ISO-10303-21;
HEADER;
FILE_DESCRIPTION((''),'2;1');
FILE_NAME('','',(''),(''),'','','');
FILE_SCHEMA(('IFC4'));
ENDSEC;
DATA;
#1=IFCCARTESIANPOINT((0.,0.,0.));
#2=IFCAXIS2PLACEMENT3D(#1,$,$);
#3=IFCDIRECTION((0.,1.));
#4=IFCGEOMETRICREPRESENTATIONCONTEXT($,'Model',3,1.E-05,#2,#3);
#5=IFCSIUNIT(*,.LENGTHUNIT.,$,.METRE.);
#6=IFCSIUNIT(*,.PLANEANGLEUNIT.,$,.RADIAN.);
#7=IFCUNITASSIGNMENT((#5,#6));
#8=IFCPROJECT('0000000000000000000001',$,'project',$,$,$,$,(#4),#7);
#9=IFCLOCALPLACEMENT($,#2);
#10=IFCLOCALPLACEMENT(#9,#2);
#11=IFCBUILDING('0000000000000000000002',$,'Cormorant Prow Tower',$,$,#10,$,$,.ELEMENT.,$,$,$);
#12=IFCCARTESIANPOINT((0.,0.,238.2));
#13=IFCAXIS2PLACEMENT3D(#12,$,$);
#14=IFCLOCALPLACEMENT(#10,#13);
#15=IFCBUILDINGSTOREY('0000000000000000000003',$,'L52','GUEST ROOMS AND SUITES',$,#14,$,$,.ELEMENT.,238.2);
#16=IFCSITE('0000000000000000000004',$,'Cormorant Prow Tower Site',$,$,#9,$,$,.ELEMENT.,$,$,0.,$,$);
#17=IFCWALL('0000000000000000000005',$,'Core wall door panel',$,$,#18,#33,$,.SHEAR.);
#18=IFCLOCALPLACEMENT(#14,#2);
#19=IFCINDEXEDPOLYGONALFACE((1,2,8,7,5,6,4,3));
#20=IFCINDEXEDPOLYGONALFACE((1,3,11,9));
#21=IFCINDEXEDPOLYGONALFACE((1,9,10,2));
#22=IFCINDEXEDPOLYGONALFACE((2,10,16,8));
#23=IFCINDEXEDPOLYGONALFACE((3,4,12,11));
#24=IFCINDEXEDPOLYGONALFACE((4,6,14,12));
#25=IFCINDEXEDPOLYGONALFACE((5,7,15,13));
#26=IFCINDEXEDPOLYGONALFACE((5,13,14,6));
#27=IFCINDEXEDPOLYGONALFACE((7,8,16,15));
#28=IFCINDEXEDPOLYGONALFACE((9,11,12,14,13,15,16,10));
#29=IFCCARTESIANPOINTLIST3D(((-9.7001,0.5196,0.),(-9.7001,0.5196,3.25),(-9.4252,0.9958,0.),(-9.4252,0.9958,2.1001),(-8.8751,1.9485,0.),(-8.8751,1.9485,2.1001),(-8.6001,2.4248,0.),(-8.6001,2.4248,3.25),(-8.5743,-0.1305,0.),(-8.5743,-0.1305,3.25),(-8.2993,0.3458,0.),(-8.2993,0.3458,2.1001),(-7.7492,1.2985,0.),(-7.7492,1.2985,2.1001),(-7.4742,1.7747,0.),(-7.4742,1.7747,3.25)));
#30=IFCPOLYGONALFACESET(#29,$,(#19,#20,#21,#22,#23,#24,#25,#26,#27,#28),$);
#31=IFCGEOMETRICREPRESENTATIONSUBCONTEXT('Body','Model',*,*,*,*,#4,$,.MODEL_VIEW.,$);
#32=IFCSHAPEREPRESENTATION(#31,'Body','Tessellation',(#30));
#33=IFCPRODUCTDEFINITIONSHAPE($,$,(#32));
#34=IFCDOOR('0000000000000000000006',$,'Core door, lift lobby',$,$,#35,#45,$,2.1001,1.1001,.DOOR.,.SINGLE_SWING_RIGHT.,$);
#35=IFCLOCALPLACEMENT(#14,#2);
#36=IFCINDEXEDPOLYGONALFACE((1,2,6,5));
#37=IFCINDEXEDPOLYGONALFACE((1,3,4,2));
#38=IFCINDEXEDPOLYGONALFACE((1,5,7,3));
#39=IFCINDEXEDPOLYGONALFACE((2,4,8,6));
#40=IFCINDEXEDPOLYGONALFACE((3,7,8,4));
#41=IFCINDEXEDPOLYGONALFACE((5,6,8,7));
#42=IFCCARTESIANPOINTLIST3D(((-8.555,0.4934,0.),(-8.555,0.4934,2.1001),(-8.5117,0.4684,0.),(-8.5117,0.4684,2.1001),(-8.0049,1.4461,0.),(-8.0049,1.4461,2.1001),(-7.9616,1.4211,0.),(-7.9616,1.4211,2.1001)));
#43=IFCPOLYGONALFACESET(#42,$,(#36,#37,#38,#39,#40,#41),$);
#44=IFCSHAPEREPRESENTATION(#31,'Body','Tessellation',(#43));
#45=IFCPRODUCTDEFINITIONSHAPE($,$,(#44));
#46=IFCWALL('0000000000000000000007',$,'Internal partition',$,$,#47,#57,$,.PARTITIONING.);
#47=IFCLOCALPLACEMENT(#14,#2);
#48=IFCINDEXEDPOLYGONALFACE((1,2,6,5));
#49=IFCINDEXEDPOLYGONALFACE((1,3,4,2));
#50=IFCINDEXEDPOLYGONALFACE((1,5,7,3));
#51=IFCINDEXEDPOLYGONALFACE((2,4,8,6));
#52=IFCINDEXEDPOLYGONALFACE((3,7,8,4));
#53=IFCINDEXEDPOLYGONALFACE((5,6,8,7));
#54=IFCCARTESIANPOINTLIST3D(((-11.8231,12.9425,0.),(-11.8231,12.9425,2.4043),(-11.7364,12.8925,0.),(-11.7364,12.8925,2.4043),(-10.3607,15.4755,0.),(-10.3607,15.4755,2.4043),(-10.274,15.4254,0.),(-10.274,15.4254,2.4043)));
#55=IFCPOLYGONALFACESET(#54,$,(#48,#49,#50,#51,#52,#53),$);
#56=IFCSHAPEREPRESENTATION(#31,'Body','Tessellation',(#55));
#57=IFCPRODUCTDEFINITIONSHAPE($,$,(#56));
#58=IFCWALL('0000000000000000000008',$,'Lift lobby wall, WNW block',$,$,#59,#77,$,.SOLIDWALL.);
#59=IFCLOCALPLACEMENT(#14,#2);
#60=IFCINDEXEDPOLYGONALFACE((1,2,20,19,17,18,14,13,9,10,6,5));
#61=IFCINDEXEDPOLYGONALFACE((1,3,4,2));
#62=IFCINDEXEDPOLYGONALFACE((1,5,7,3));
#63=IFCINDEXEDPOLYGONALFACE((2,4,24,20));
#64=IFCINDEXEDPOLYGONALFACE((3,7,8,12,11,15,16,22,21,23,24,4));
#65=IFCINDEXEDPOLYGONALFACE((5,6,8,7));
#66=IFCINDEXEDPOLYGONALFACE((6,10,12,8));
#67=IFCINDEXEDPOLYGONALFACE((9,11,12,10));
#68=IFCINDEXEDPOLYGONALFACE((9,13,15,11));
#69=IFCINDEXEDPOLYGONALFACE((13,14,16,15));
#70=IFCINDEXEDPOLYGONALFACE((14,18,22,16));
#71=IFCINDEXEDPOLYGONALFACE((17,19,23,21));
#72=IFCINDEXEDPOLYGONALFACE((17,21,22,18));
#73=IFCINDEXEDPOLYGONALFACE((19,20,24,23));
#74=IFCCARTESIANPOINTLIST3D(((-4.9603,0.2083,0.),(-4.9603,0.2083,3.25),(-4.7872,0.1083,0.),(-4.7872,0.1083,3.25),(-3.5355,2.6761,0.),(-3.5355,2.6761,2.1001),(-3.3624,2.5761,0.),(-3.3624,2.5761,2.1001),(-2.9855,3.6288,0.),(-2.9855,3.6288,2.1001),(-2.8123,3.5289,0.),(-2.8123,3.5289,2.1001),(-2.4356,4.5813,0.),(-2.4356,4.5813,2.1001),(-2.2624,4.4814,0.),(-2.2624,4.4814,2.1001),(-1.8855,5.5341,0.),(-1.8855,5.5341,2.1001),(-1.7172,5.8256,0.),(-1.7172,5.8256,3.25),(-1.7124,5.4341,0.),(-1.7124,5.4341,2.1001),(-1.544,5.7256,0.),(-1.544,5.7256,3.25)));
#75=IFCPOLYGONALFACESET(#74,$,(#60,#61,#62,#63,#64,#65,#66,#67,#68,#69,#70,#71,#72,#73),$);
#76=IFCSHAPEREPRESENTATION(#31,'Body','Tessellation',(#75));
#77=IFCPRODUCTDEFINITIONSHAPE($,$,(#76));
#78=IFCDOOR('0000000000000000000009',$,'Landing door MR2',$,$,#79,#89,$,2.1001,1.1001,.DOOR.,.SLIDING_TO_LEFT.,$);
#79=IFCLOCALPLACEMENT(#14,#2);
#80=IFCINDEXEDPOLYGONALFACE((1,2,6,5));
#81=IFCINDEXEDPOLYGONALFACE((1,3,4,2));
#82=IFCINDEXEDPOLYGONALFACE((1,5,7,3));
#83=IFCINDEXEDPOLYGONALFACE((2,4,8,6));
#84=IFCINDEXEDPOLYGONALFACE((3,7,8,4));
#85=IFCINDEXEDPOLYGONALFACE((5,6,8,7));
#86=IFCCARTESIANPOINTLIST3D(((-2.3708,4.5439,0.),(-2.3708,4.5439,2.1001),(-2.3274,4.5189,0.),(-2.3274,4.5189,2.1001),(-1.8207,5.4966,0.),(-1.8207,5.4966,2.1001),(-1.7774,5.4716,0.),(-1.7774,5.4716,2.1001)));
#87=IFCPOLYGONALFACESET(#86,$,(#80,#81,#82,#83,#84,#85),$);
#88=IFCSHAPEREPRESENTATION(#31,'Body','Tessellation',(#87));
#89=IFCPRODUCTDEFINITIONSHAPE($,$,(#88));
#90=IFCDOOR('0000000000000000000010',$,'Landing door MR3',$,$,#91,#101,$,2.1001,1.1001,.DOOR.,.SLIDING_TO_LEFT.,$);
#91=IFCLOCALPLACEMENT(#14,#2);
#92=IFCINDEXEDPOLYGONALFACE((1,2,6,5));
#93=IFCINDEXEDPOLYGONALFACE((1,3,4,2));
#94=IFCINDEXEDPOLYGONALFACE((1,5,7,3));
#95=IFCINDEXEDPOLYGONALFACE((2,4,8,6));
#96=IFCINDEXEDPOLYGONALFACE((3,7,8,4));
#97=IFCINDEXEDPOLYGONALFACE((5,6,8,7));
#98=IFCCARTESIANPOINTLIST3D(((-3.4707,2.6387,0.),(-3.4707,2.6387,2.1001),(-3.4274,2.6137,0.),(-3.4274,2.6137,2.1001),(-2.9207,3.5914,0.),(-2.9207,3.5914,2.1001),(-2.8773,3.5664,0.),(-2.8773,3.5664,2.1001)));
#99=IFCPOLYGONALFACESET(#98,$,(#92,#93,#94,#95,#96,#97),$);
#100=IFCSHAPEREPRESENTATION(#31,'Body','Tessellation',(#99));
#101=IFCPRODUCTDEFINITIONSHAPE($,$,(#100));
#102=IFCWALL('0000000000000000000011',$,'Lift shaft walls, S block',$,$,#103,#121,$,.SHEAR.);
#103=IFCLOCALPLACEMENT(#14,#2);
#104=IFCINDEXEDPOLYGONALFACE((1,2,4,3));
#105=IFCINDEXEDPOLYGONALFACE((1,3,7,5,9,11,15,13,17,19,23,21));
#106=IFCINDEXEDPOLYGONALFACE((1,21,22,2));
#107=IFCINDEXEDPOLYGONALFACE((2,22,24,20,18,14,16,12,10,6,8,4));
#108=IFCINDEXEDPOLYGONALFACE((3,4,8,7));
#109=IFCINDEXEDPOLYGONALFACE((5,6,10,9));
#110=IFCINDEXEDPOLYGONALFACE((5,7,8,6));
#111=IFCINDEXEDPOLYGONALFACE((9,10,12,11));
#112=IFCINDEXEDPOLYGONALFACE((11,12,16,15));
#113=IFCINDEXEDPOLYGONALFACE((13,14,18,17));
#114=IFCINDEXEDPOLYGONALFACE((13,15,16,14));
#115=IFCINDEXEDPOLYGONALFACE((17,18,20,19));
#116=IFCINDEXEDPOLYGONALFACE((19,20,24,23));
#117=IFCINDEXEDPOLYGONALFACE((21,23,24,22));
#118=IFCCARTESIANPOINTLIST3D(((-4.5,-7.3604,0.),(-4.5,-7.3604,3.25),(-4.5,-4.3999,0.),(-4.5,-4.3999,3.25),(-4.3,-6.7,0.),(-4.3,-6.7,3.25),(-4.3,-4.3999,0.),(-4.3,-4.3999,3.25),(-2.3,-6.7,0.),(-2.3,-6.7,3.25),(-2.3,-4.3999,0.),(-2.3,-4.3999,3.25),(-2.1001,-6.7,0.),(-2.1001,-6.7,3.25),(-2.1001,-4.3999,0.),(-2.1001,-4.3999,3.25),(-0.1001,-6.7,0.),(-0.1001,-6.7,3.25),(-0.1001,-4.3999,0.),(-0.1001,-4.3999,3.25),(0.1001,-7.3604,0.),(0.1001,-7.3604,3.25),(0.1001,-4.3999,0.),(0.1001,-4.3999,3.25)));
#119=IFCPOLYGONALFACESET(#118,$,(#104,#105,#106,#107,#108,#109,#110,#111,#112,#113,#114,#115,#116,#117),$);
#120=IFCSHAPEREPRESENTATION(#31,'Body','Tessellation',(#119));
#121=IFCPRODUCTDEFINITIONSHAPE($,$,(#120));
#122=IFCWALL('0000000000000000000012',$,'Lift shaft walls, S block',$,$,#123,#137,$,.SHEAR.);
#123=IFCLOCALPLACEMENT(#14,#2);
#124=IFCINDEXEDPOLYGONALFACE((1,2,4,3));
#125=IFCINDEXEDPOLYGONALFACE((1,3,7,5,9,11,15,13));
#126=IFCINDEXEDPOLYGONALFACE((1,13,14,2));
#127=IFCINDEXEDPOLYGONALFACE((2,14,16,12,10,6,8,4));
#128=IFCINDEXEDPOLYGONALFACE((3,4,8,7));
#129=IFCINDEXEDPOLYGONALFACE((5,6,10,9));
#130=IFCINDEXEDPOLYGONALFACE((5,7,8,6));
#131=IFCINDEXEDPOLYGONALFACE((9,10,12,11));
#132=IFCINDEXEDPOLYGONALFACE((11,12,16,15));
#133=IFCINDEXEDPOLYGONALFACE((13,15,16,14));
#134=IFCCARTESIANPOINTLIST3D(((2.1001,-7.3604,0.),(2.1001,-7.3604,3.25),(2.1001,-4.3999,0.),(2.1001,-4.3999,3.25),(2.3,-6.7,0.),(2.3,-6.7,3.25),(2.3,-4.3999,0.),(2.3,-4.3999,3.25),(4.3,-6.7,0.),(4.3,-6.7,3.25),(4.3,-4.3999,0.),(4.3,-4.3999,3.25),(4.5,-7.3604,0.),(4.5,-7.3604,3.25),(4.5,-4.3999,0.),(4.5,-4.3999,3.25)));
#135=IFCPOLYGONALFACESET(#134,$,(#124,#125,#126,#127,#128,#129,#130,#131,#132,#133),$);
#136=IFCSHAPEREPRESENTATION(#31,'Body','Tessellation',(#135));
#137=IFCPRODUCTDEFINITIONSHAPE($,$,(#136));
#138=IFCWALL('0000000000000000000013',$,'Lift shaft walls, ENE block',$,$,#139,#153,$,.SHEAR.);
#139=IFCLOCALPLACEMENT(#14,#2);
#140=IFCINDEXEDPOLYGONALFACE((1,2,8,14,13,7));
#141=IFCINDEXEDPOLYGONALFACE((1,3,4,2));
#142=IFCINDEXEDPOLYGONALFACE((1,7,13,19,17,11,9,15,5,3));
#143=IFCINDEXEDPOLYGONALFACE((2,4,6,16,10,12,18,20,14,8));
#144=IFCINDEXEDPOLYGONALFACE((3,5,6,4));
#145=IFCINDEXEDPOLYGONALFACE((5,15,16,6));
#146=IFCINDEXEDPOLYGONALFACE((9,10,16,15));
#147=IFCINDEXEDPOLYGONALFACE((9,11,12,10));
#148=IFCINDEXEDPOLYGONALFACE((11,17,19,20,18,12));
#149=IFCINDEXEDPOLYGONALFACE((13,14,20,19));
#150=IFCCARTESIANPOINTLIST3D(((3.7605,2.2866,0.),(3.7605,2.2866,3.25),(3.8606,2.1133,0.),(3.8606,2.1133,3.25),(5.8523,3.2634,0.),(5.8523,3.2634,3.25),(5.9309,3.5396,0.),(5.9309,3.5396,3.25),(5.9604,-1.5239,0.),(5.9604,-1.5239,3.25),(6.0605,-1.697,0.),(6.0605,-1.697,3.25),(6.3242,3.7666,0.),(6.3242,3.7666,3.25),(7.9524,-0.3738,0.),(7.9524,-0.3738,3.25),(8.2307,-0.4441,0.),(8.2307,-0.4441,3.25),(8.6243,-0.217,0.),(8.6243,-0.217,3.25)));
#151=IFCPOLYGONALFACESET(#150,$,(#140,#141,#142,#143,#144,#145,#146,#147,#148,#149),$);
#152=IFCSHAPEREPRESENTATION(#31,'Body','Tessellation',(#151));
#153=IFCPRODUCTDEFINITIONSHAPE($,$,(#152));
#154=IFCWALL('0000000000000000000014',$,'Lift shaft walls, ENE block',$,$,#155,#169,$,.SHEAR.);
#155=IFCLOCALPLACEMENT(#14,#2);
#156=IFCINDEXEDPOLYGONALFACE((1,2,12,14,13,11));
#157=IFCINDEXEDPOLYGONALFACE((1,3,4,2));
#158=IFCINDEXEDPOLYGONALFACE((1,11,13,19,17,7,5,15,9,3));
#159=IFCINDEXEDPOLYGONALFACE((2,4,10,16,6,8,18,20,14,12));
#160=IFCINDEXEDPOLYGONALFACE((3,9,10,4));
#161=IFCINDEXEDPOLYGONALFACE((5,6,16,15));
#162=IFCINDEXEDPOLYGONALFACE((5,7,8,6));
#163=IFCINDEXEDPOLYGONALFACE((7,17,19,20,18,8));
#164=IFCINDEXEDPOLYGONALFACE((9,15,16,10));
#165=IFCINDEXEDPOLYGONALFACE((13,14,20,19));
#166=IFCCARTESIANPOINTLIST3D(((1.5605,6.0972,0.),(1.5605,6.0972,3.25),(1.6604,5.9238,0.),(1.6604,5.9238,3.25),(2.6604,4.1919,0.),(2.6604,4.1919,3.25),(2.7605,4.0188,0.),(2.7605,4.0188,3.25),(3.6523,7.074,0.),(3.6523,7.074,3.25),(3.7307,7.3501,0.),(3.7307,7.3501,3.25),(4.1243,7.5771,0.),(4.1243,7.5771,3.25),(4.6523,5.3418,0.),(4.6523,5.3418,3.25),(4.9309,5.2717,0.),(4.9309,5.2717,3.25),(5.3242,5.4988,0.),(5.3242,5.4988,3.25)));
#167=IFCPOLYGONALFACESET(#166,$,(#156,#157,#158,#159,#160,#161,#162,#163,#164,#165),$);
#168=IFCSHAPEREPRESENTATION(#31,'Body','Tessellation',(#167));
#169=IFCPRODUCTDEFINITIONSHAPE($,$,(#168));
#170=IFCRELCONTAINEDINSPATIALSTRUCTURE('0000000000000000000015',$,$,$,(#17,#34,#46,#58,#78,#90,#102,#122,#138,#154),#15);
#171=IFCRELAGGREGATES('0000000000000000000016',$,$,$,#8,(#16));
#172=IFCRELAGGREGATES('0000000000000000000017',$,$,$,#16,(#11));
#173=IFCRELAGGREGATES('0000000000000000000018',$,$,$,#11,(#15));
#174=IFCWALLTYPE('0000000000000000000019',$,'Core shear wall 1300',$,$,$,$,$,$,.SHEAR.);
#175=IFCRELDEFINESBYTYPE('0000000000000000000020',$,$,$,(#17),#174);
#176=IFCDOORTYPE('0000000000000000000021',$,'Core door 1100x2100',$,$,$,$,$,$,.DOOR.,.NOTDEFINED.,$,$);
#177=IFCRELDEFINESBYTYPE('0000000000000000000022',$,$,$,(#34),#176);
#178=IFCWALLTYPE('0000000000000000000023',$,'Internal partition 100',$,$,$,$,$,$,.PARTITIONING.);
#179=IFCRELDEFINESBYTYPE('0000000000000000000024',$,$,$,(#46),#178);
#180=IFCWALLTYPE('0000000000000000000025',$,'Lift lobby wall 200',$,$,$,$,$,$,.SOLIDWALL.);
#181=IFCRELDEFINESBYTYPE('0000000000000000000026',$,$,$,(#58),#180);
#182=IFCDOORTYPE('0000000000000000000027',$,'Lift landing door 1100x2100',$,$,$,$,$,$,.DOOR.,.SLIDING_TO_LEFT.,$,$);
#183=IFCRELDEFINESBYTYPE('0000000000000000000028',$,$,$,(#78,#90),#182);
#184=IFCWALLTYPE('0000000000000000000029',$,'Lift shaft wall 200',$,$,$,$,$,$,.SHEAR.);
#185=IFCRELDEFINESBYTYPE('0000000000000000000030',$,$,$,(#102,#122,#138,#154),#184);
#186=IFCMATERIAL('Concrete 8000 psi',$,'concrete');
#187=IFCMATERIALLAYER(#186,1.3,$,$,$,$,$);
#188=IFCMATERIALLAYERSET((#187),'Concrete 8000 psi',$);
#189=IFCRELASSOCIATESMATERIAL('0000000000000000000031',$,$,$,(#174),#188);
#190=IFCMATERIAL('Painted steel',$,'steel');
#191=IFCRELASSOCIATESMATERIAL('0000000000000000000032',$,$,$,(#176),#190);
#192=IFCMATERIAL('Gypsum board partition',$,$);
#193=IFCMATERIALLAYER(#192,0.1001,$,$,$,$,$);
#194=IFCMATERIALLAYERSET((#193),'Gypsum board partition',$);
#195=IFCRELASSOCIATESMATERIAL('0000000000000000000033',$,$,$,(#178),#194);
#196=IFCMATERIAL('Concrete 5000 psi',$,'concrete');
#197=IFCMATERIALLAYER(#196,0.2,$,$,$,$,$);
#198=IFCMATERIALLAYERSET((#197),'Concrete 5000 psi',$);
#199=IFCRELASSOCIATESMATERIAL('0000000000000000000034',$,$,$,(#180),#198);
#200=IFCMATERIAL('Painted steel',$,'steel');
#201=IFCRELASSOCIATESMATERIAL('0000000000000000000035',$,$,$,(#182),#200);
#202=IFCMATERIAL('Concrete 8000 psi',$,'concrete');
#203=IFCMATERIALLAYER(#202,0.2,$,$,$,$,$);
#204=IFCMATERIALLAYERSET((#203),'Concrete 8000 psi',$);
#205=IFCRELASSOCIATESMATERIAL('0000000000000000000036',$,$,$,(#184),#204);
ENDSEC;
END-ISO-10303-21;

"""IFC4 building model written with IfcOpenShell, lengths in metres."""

from ifc_helpers import new_model, si_unit, direction, frame, frame_2d, origin, place, context, subcontext, project, spatial, polyline, rectangle, outline, extrude, material, layer, layer_set, type_object, element, fill, save


model = new_model("IFC4")

# Units and contexts
model_context = context("Model", 3, precision=1e-05, world=origin(), true_north=direction((0.0, 1.0)))
body_context = subcontext(model_context, "Body", "Model", "MODEL_VIEW")
ifc_project = project(units=[si_unit("LENGTHUNIT", "METRE"), si_unit("PLANEANGLEUNIT", "RADIAN")], contexts=[model_context])

# Site, building, storey
site_placement = place(None, origin())
site = spatial("IfcSite", under=ifc_project, at=site_placement, Name="Cormorant Prow Tower Site", CompositionType="ELEMENT", RefElevation=0.0)
building_placement = place(site_placement, origin())
building = spatial("IfcBuilding", under=site, at=building_placement, Name="Cormorant Prow Tower", CompositionType="ELEMENT")
storey_placement = place(building_placement, frame((0.0, 0.0, 238.2)))
storey = spatial("IfcBuildingStorey", under=building, at=storey_placement, Name="L52", Description="GUEST ROOMS AND SUITES", CompositionType="ELEMENT", Elevation=238.2)

# Shared definitions
ifc_material_1 = material(Name="Concrete 8000 psi", Category="concrete")
ifc_layer_1 = layer(ifc_material_1, 1.3)
ifc_layer_set_1 = layer_set([ifc_layer_1], Name="Concrete 8000 psi")
wall_type_1 = type_object("IfcWallType", Name="Core shear wall 1300", PredefinedType="SHEAR", material=ifc_layer_set_1)

# Wall, opening, door
wall_1_placement = place(storey_placement, frame((-8.0371, 2.0999, 0.0), z_axis=(0.0, 0.0, 1.0), x_axis=(-0.50003, -0.866008, 0.0)))
wall_1 = element("IfcWall", 1, at=wall_1_placement, inside=storey, type_object=wall_type_1, Name="Core wall door panel", PredefinedType="SHEAR", context=body_context, shape_type="SweptSolid", body=[
    extrude(rectangle(XDim=2.2, YDim=1.3, at=frame_2d((1.1001, 0.0))), origin(), (0.0, 0.0, 1.0), 3.25),
])
opening_1_placement = place(wall_1_placement, frame((0.55, 0.0, 0.0)))
opening_1 = element("IfcOpeningElement", 2, at=opening_1_placement, cuts=wall_1, PredefinedType="OPENING", context=body_context, shape_type="SweptSolid", body=[
    extrude(rectangle(XDim=1.1001, YDim=2.1001, at=frame_2d((0.55, 1.05))), frame((0.0, 0.6599, 0.0), z_axis=(0.0, -1.0, 0.0), x_axis=(1.0, 0.0, 0.0)), (0.0, 0.0, 1.0), 1.3201),
])
ifc_material_2 = material(Name="Painted steel", Category="steel")
door_type_1 = type_object("IfcDoorType", Name="Core door 1100x2100", OperationType="NOTDEFINED", PredefinedType="DOOR", material=ifc_material_2)
door_1_placement = place(opening_1_placement, origin())
door_1 = element("IfcDoor", 3, at=door_1_placement, inside=storey, type_object=door_type_1, Name="Core door, lift lobby", OperationType="SINGLE_SWING_RIGHT", OverallHeight=2.1001, OverallWidth=1.1001, PredefinedType="DOOR", context=body_context, shape_type="SweptSolid", body=[
    extrude(rectangle(XDim=1.1001, YDim=2.1001, at=frame_2d((0.55, 1.05))), frame((0.0, 0.4048, 0.0), z_axis=(0.0, -1.0, 0.0), x_axis=(1.0, 0.0, 0.0)), (0.0, 0.0, 1.0), 0.05),
])
fill(opening_1, door_1)

# Wall
ifc_material_3 = material(Name="Gypsum board partition")
ifc_layer_2 = layer(ifc_material_3, 0.1001)
ifc_layer_set_2 = layer_set([ifc_layer_2], Name="Gypsum board partition")
wall_type_2 = type_object("IfcWallType", Name="Internal partition 100", PredefinedType="PARTITIONING", material=ifc_layer_set_2)
wall_2_placement = place(storey_placement, frame((-11.7798, 12.9175, 0.0), z_axis=(0.0, 0.0, 1.0), x_axis=(0.499999, 0.866026, 0.0)))
element("IfcWall", 4, at=wall_2_placement, inside=storey, type_object=wall_type_2, Name="Internal partition", PredefinedType="PARTITIONING", context=body_context, shape_type="SweptSolid", body=[
    extrude(rectangle(XDim=2.9248, YDim=0.1001, at=frame_2d((1.4624, 0.0))), origin(), (0.0, 0.0, 1.0), 2.4043),
])

# Wall, openings, doors
ifc_material_4 = material(Name="Concrete 5000 psi", Category="concrete")
ifc_layer_3 = layer(ifc_material_4, 0.2)
ifc_layer_set_3 = layer_set([ifc_layer_3], Name="Concrete 5000 psi")
wall_type_3 = type_object("IfcWallType", Name="Lift lobby wall 200", PredefinedType="SOLIDWALL", material=ifc_layer_set_3)
wall_3_placement = place(storey_placement, frame((-1.6306, 5.7756, 0.0), z_axis=(0.0, 0.0, 1.0), x_axis=(-0.499993, -0.86603, 0.0)))
wall_3 = element("IfcWall", 5, at=wall_3_placement, inside=storey, type_object=wall_type_3, Name="Lift lobby wall, WNW block", PredefinedType="SOLIDWALL", context=body_context, shape_type="SweptSolid", body=[
    extrude(rectangle(XDim=6.4863, YDim=0.2, at=frame_2d((3.2432, 0.0))), origin(), (0.0, 0.0, 1.0), 3.25),
])
opening_2_placement = place(wall_3_placement, frame((0.3367, 0.0, 0.0)))
opening_2 = element("IfcOpeningElement", 6, at=opening_2_placement, cuts=wall_3, PredefinedType="OPENING", context=body_context, shape_type="SweptSolid", body=[
    extrude(rectangle(XDim=1.1001, YDim=2.1001, at=frame_2d((0.55, 1.05))), frame((0.0, 0.1099, 0.0), z_axis=(0.0, -1.0, 0.0), x_axis=(1.0, 0.0, 0.0)), (0.0, 0.0, 1.0), 0.22),
])
opening_3_placement = place(wall_3_placement, frame((2.5366, 0.0, 0.0)))
opening_3 = element("IfcOpeningElement", 7, at=opening_3_placement, cuts=wall_3, PredefinedType="OPENING", context=body_context, shape_type="SweptSolid", body=[
    extrude(rectangle(XDim=1.1001, YDim=2.1001, at=frame_2d((0.55, 1.05))), frame((0.0, 0.1099, 0.0), z_axis=(0.0, -1.0, 0.0), x_axis=(1.0, 0.0, 0.0)), (0.0, 0.0, 1.0), 0.22),
])
ifc_material_5 = material(Name="Painted steel", Category="steel")
door_type_2 = type_object("IfcDoorType", Name="Lift landing door 1100x2100", OperationType="SLIDING_TO_LEFT", PredefinedType="DOOR", material=ifc_material_5)
door_2_placement = place(opening_2_placement, origin())
door_2 = element("IfcDoor", 8, at=door_2_placement, inside=storey, type_object=door_type_2, Name="Landing door MR2", OperationType="SLIDING_TO_LEFT", OverallHeight=2.1001, OverallWidth=1.1001, PredefinedType="DOOR", context=body_context, shape_type="SweptSolid", body=[
    extrude(rectangle(XDim=1.1001, YDim=2.1001, at=frame_2d((0.55, 1.05))), frame((0.0, 0.0249, 0.0), z_axis=(0.0, -1.0, 0.0), x_axis=(1.0, 0.0, 0.0)), (0.0, 0.0, 1.0), 0.05),
])
fill(opening_2, door_2)
door_3_placement = place(opening_3_placement, origin())
door_3 = element("IfcDoor", 9, at=door_3_placement, inside=storey, type_object=door_type_2, Name="Landing door MR3", OperationType="SLIDING_TO_LEFT", OverallHeight=2.1001, OverallWidth=1.1001, PredefinedType="DOOR", context=body_context, shape_type="SweptSolid", body=[
    extrude(rectangle(XDim=1.1001, YDim=2.1001, at=frame_2d((0.55, 1.05))), frame((0.0, 0.0249, 0.0), z_axis=(0.0, -1.0, 0.0), x_axis=(1.0, 0.0, 0.0)), (0.0, 0.0, 1.0), 0.05),
])
fill(opening_3, door_3)

# Walls
ifc_material_6 = material(Name="Concrete 8000 psi", Category="concrete")
ifc_layer_4 = layer(ifc_material_6, 0.2)
ifc_layer_set_4 = layer_set([ifc_layer_4], Name="Concrete 8000 psi")
wall_type_4 = type_object("IfcWallType", Name="Lift shaft wall 200", PredefinedType="SHEAR", material=ifc_layer_set_4)
wall_4_placement = place(storey_placement, origin())
element("IfcWall", 10, at=wall_4_placement, inside=storey, type_object=wall_type_4, Name="Lift shaft walls, S block", PredefinedType="SHEAR", context=body_context, shape_type="SweptSolid", body=[
    extrude(outline(polyline([(0.1001, -7.3604), (-4.5, -7.3604), (-4.5, -4.3999), (-4.3, -4.3999), (-4.3, -6.7), (-2.3, -6.7), (-2.3, -4.3999), (-2.1001, -4.3999), (-2.1001, -6.7), (-0.1001, -6.7), (-0.1001, -4.3999), (0.1001, -4.3999), (0.1001, -7.3604)])), origin(), (0.0, 0.0, 1.0), 3.25),
])
wall_5_placement = place(storey_placement, origin())
element("IfcWall", 11, at=wall_5_placement, inside=storey, type_object=wall_type_4, Name="Lift shaft walls, S block", PredefinedType="SHEAR", context=body_context, shape_type="SweptSolid", body=[
    extrude(outline(polyline([(2.1001, -7.3604), (2.1001, -4.3999), (2.3, -4.3999), (2.3, -6.7), (4.3, -6.7), (4.3, -4.3999), (4.5, -4.3999), (4.5, -7.3604), (2.1001, -7.3604)])), origin(), (0.0, 0.0, 1.0), 3.25),
])
wall_6_placement = place(storey_placement, origin())
element("IfcWall", 12, at=wall_6_placement, inside=storey, type_object=wall_type_4, Name="Lift shaft walls, ENE block", PredefinedType="SHEAR", context=body_context, shape_type="SweptSolid", body=[
    extrude(outline(polyline([(6.3242, 3.7666), (8.6243, -0.217), (8.2307, -0.4441), (6.0605, -1.697), (5.9604, -1.5239), (7.9524, -0.3738), (5.8523, 3.2634), (3.8606, 2.1133), (3.7605, 2.2866), (5.9309, 3.5396), (6.3242, 3.7666)])), origin(), (0.0, 0.0, 1.0), 3.25),
])
wall_7_placement = place(storey_placement, origin())
element("IfcWall", 13, at=wall_7_placement, inside=storey, type_object=wall_type_4, Name="Lift shaft walls, ENE block", PredefinedType="SHEAR", context=body_context, shape_type="SweptSolid", body=[
    extrude(outline(polyline([(5.3242, 5.4988), (4.9309, 5.2717), (2.7605, 4.0188), (2.6604, 4.1919), (4.6523, 5.3418), (3.6523, 7.074), (1.6604, 5.9238), (1.5605, 6.0972), (3.7307, 7.3501), (4.1243, 7.5771), (5.3242, 5.4988)])), origin(), (0.0, 0.0, 1.0), 3.25),
])

save(model, "model.ifc")
